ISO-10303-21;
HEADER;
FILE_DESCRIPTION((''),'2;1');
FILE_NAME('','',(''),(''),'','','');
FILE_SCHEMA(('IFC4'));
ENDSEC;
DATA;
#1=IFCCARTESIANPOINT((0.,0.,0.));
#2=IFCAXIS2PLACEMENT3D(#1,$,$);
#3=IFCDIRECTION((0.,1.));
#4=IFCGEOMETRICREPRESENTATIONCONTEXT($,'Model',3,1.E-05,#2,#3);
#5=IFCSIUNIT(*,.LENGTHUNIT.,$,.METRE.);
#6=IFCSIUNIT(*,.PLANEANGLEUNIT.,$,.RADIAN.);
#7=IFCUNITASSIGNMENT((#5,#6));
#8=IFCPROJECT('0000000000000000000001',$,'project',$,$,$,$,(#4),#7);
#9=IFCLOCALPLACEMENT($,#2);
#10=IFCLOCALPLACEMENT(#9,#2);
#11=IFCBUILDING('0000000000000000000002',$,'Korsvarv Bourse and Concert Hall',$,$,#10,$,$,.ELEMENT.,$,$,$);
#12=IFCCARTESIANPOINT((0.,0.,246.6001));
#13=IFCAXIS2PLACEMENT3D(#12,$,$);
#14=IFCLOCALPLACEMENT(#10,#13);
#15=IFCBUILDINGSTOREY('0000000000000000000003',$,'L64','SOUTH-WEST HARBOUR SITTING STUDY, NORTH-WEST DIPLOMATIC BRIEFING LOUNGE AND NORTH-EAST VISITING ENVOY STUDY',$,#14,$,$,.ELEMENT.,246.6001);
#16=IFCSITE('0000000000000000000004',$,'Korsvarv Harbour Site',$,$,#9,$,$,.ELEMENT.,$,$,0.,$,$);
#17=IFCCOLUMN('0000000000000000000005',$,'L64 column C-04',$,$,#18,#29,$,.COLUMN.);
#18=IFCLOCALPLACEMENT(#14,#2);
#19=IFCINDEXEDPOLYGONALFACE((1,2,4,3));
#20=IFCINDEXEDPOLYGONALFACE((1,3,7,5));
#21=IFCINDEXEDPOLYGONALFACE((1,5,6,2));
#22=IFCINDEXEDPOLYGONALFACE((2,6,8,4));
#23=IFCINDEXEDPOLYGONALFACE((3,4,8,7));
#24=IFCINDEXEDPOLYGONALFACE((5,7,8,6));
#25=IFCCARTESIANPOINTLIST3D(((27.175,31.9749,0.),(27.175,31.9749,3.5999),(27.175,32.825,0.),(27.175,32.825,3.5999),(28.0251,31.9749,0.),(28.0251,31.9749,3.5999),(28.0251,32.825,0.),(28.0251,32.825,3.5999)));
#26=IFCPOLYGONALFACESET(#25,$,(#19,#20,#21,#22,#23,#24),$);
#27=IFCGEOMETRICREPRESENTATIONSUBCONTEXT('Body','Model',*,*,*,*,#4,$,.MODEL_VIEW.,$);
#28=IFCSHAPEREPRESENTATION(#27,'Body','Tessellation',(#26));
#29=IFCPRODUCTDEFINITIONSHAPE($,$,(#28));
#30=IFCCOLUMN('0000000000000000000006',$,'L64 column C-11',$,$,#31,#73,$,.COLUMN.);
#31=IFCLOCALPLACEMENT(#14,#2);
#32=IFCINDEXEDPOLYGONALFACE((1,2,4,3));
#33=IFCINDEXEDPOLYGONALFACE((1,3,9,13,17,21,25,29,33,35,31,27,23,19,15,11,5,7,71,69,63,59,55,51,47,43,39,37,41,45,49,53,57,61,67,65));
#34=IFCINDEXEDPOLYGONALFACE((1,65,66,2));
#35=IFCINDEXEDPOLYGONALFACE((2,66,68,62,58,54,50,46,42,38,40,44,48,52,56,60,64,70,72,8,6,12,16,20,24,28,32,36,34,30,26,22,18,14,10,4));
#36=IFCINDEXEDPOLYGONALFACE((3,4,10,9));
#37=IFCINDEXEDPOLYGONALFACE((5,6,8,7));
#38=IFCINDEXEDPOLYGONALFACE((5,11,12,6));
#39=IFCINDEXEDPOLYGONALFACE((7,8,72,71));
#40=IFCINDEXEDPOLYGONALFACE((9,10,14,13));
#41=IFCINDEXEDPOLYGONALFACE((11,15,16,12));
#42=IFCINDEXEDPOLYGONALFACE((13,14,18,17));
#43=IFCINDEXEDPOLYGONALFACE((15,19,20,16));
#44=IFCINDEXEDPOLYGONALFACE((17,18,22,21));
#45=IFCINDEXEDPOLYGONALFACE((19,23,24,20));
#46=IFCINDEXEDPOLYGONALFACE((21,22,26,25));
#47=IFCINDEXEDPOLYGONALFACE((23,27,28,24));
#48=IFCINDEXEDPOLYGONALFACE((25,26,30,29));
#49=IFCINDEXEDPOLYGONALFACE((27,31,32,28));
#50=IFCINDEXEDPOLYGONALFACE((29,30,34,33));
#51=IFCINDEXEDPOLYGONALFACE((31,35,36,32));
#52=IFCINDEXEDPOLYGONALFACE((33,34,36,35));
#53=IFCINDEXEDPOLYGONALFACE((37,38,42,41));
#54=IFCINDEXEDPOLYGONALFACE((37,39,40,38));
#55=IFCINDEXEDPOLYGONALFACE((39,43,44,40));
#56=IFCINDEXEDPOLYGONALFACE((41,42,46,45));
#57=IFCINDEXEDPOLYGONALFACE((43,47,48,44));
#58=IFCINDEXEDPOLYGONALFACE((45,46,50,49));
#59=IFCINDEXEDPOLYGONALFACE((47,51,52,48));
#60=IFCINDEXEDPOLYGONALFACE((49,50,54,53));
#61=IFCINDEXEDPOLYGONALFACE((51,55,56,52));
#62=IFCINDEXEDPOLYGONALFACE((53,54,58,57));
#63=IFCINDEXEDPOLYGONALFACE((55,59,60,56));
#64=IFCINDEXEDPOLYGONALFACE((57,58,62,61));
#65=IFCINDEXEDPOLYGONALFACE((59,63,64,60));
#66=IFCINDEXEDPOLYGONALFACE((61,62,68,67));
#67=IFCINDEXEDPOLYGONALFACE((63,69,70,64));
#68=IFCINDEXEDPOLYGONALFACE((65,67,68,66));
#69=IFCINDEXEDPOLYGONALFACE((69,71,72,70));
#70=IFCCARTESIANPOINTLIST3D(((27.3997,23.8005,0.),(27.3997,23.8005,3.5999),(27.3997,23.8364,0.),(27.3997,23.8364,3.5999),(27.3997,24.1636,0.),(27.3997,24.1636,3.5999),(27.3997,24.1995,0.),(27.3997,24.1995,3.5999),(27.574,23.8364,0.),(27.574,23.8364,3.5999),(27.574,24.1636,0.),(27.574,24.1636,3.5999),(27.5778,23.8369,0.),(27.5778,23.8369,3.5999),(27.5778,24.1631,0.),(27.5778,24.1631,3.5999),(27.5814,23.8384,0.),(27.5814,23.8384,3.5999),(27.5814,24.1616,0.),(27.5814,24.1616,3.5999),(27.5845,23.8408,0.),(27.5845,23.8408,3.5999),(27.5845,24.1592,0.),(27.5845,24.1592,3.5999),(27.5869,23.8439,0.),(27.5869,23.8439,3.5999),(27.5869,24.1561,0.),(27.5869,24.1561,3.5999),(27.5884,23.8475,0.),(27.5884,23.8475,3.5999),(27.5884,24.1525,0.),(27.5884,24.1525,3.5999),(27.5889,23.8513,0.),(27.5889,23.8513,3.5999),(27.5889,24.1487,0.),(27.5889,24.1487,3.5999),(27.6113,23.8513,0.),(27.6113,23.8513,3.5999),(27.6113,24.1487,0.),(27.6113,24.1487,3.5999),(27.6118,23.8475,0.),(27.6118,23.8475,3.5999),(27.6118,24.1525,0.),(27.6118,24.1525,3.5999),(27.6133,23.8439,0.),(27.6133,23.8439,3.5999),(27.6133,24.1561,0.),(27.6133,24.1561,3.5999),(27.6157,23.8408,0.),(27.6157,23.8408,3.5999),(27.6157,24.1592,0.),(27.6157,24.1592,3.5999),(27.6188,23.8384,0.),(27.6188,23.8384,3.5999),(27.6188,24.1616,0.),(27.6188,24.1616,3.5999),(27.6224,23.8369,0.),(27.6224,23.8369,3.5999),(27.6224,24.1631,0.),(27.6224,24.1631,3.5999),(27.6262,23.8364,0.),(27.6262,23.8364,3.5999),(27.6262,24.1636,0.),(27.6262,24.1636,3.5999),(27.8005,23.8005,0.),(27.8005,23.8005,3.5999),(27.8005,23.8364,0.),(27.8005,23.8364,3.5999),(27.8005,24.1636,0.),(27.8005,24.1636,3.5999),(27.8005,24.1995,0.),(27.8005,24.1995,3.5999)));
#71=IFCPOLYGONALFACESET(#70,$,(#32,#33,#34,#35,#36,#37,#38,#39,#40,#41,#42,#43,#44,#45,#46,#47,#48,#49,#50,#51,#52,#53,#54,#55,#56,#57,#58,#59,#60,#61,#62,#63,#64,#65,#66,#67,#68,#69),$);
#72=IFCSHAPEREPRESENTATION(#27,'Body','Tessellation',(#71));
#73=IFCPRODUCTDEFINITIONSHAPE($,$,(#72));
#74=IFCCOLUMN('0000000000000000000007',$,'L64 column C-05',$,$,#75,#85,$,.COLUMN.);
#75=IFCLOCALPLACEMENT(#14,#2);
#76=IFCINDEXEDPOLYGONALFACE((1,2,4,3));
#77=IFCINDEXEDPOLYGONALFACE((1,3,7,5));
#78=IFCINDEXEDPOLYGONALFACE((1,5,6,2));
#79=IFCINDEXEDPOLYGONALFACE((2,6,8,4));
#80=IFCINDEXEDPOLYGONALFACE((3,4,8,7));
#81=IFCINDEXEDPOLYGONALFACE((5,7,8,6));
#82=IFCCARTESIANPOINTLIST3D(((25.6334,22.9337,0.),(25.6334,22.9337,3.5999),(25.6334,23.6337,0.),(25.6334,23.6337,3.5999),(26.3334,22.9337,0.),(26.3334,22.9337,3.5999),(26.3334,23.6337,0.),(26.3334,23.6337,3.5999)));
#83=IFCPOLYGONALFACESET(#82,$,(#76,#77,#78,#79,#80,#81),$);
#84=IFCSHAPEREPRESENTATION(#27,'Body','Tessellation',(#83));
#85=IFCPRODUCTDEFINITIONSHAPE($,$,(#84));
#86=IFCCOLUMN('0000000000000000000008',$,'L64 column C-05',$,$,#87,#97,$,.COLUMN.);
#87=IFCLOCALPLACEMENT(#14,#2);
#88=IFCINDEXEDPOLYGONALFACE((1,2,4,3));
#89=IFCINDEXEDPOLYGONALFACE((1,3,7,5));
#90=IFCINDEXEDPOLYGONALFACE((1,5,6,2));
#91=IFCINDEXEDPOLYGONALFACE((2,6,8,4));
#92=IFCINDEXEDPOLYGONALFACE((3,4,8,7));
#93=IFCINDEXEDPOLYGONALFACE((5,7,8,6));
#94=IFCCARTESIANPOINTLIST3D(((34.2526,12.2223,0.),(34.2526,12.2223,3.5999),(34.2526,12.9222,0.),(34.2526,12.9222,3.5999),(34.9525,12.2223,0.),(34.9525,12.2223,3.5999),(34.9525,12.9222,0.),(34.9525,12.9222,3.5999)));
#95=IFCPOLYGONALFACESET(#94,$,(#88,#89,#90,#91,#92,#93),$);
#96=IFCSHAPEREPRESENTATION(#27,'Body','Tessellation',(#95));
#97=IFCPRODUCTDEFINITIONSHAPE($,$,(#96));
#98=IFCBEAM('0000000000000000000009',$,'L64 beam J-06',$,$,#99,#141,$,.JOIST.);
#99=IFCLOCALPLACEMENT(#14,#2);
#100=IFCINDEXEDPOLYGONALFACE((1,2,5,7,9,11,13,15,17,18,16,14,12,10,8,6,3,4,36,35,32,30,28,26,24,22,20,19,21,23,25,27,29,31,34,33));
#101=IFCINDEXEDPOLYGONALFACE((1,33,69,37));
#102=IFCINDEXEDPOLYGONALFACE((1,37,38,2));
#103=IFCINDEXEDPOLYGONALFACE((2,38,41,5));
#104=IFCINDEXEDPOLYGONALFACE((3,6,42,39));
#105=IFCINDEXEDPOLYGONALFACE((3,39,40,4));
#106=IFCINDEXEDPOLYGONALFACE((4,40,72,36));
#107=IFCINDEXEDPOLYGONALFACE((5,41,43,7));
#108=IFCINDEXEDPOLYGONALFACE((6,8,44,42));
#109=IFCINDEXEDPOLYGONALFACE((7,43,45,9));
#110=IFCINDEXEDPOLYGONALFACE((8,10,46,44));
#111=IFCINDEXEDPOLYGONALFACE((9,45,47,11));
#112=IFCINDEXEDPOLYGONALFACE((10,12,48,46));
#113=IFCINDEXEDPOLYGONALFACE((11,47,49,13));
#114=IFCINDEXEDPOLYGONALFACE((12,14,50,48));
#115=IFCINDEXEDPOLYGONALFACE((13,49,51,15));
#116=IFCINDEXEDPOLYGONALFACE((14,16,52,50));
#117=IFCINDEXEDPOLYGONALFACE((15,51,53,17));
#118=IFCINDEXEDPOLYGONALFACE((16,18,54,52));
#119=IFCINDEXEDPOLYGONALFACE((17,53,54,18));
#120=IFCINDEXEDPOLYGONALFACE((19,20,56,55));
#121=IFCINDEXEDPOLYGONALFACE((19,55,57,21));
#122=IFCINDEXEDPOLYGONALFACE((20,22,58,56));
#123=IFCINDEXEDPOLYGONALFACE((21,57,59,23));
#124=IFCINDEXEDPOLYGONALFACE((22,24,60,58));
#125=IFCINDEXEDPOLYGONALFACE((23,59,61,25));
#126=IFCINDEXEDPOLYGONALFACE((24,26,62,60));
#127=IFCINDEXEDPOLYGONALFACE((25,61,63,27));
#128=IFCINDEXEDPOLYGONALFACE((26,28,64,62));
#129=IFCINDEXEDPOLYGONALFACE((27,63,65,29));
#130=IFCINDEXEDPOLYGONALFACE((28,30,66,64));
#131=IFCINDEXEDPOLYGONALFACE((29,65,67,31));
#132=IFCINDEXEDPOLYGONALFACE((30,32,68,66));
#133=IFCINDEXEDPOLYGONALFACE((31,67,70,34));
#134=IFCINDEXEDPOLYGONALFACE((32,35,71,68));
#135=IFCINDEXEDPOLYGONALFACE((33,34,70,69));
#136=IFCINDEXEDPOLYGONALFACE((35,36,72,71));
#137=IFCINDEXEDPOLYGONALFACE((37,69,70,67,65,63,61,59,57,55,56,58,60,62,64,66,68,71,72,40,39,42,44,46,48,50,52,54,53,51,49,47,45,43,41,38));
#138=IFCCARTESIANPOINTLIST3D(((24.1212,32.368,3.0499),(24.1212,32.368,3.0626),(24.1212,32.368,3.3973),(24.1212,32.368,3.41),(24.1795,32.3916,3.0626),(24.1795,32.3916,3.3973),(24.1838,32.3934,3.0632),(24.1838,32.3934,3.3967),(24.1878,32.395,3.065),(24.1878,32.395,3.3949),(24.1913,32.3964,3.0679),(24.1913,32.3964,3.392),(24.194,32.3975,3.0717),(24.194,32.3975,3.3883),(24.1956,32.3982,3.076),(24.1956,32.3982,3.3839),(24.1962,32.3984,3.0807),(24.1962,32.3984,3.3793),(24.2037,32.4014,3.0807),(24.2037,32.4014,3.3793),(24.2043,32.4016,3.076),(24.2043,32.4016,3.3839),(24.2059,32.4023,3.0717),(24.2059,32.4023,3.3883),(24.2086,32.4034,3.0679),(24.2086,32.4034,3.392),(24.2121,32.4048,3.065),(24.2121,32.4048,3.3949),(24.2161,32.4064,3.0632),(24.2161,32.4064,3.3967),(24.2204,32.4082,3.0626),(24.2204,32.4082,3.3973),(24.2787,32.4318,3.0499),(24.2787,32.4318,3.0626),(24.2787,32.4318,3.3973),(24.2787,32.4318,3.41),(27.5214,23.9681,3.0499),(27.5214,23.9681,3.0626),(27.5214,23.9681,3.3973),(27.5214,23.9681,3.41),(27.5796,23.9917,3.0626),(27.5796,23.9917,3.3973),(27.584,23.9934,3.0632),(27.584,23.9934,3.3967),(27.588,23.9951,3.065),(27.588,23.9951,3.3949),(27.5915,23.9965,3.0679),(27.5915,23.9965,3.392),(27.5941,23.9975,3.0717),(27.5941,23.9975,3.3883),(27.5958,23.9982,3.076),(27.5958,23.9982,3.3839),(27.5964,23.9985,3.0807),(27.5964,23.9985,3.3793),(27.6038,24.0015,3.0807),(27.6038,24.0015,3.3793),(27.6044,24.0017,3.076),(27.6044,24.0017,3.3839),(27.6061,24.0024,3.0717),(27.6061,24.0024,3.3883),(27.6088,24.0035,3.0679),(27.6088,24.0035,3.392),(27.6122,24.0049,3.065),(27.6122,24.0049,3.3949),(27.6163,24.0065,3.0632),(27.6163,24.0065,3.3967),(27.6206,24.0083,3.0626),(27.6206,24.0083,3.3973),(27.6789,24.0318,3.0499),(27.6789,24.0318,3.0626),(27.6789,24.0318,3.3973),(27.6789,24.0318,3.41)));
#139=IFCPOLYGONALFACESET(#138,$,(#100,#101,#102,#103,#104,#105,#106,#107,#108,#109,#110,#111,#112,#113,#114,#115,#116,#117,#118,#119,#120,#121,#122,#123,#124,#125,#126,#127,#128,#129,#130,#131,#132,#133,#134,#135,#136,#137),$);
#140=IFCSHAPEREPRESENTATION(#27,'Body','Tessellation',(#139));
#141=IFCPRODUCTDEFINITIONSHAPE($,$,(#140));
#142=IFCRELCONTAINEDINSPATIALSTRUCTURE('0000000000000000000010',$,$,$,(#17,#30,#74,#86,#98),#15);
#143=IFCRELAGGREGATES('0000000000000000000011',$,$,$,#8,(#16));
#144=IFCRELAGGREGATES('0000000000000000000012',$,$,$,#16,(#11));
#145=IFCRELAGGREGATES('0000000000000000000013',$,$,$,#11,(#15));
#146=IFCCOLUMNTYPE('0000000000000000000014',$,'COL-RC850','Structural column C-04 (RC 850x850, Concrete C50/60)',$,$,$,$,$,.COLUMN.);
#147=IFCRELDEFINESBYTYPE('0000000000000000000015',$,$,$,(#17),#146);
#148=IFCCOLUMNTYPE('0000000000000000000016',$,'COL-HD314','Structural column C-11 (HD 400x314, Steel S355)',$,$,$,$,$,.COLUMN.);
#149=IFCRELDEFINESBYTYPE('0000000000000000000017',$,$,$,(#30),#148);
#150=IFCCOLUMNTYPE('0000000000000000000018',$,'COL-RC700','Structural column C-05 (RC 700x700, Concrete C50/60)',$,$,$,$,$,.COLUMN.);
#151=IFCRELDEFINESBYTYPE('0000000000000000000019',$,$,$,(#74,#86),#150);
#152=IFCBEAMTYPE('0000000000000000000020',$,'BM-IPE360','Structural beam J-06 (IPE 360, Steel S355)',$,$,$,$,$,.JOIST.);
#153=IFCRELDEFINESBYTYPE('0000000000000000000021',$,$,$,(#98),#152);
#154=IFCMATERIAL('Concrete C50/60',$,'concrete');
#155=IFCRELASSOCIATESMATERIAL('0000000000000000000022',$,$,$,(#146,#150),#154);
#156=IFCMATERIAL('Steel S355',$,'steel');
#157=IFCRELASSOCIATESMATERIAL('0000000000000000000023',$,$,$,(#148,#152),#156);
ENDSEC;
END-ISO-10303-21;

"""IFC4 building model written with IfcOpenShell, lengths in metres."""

from ifc_helpers import new_model, si_unit, direction, frame, origin, origin_2d, place, context, subcontext, project, spatial, rectangle, i_section, extrude, source, transform, mapped, material, material_profile, profile_set, type_object, element, save


model = new_model("IFC4")

# Units and contexts
model_context = context("Model", 3, precision=1e-05, world=origin(), true_north=direction((0.0, 1.0)))
body_context = subcontext(model_context, "Body", "Model", "MODEL_VIEW")
ifc_project = project(units=[si_unit("LENGTHUNIT", "METRE"), si_unit("PLANEANGLEUNIT", "RADIAN")], contexts=[model_context])

# Site, building, storey
site_placement = place(None, origin())
site = spatial("IfcSite", under=ifc_project, at=site_placement, Name="Korsvarv Harbour Site", CompositionType="ELEMENT", RefElevation=0.0)
building_placement = place(site_placement, origin())
building = spatial("IfcBuilding", under=site, at=building_placement, Name="Korsvarv Bourse and Concert Hall", CompositionType="ELEMENT")
storey_placement = place(building_placement, frame((0.0, 0.0, 246.6001)))
storey = spatial("IfcBuildingStorey", under=building, at=storey_placement, Name="L64", Description="SOUTH-WEST HARBOUR SITTING STUDY, NORTH-WEST DIPLOMATIC BRIEFING LOUNGE AND NORTH-EAST VISITING ENVOY STUDY", CompositionType="ELEMENT", Elevation=246.6001)

# Columns
ifc_material_1 = material(Name="Concrete C50/60", Category="concrete")
ifc_material_profile_1 = material_profile(ifc_material_1, rectangle(XDim=0.8501, YDim=0.8501, at=origin_2d()), Name="RC 850x850")
ifc_profile_set_1 = profile_set([ifc_material_profile_1], Name="Concrete C50/60")
column_type_1 = type_object("IfcColumnType", Name="COL-RC850", Description="Structural column C-04 (RC 850x850, Concrete C50/60)", PredefinedType="COLUMN", material=ifc_profile_set_1)
shared_shape_1 = source(origin(), body_context, "Body", "SweptSolid", [
    extrude(rectangle(XDim=0.8501, YDim=0.8501, at=origin_2d()), origin(), (0.0, 0.0, 1.0), 3.5999),
])
column_1_placement = place(storey_placement, frame((27.6001, 32.3999, 0.0), z_axis=(0.0, 0.0, 1.0), x_axis=(1.0, 0.0, 0.0)))
element("IfcColumn", 1, at=column_1_placement, inside=storey, type_object=column_type_1, Name="L64 column C-04", PredefinedType="COLUMN", context=body_context, shape_type="MappedRepresentation", body=[
    mapped(shared_shape_1, transform((0.0, 0.0, 0.0), scale=1.0)),
])
ifc_material_2 = material(Name="Steel S355", Category="steel")
ifc_material_profile_2 = material_profile(ifc_material_2, i_section(OverallWidth=0.4009, OverallDepth=0.3989, WebThickness=0.0225, FlangeThickness=0.0359, FilletRadius=0.0149, at=origin_2d()), Name="HD 400x314")
ifc_profile_set_2 = profile_set([ifc_material_profile_2], Name="Steel S355")
column_type_2 = type_object("IfcColumnType", Name="COL-HD314", Description="Structural column C-11 (HD 400x314, Steel S355)", PredefinedType="COLUMN", material=ifc_profile_set_2)
shared_shape_2 = source(origin(), body_context, "Body", "SweptSolid", [
    extrude(i_section(OverallWidth=0.4009, OverallDepth=0.3989, WebThickness=0.0225, FlangeThickness=0.0359, FilletRadius=0.0149, at=origin_2d()), origin(), (0.0, 0.0, 1.0), 3.5999),
])
column_2_placement = place(storey_placement, frame((27.6001, 24.0, 0.0), z_axis=(0.0, 0.0, 1.0), x_axis=(1.0, 0.0, 0.0)))
element("IfcColumn", 2, at=column_2_placement, inside=storey, type_object=column_type_2, Name="L64 column C-11", PredefinedType="COLUMN", context=body_context, shape_type="MappedRepresentation", body=[
    mapped(shared_shape_2, transform((0.0, 0.0, 0.0), scale=1.0)),
])
ifc_material_profile_3 = material_profile(ifc_material_1, rectangle(XDim=0.7, YDim=0.7, at=origin_2d()), Name="RC 700x700")
ifc_profile_set_3 = profile_set([ifc_material_profile_3], Name="Concrete C50/60")
column_type_3 = type_object("IfcColumnType", Name="COL-RC700", Description="Structural column C-05 (RC 700x700, Concrete C50/60)", PredefinedType="COLUMN", material=ifc_profile_set_3)
shared_shape_3 = source(origin(), body_context, "Body", "SweptSolid", [
    extrude(rectangle(XDim=0.7, YDim=0.7, at=origin_2d()), origin(), (0.0, 0.0, 1.0), 3.5999),
])
for number, where, z_axis, x_axis, name in (
    (3, (25.9834, 23.2837, 0.0), (0.0, 0.0, 1.0), (1.0, 0.0, 0.0), "L64 column C-05"),
    (4, (34.6025, 12.5723, 0.0), (0.0, 0.0, 1.0), (1.0, 0.0, 0.0), "L64 column C-05"),
):
    element("IfcColumn", number, at=place(storey_placement, frame(where, z_axis=z_axis, x_axis=x_axis)), inside=storey, type_object=column_type_3, Name=name, PredefinedType="COLUMN", context=body_context, shape_type="MappedRepresentation", body=[
        mapped(shared_shape_3, transform((0.0, 0.0, 0.0), scale=1.0)),
    ])

# Beam
ifc_material_profile_4 = material_profile(ifc_material_2, i_section(OverallWidth=0.1699, OverallDepth=0.3601, WebThickness=0.0081, FlangeThickness=0.0127, FilletRadius=0.0181, at=origin_2d()), Name="IPE 360")
ifc_profile_set_4 = profile_set([ifc_material_profile_4], Name="Steel S355")
beam_type_1 = type_object("IfcBeamType", Name="BM-IPE360", Description="Structural beam J-06 (IPE 360, Steel S355)", PredefinedType="JOIST", material=ifc_profile_set_4)
shared_shape_4 = source(origin(), body_context, "Body", "SweptSolid", [
    extrude(i_section(OverallWidth=0.1699, OverallDepth=0.3601, WebThickness=0.0081, FlangeThickness=0.0127, FilletRadius=0.0181, at=origin_2d()), origin(), (0.0, 0.0, 1.0), 9.062),
])
beam_1_placement = place(storey_placement, frame((24.2, 32.3999, 3.23), z_axis=(0.37521, -0.92694, 0.0), x_axis=(0.92694, 0.37521, 0.0)))
element("IfcBeam", 5, at=beam_1_placement, inside=storey, type_object=beam_type_1, Name="L64 beam J-06", PredefinedType="JOIST", context=body_context, shape_type="MappedRepresentation", body=[
    mapped(shared_shape_4, transform((0.0, 0.0, 0.0), scale=1.0)),
])

save(model, "model.ifc")
